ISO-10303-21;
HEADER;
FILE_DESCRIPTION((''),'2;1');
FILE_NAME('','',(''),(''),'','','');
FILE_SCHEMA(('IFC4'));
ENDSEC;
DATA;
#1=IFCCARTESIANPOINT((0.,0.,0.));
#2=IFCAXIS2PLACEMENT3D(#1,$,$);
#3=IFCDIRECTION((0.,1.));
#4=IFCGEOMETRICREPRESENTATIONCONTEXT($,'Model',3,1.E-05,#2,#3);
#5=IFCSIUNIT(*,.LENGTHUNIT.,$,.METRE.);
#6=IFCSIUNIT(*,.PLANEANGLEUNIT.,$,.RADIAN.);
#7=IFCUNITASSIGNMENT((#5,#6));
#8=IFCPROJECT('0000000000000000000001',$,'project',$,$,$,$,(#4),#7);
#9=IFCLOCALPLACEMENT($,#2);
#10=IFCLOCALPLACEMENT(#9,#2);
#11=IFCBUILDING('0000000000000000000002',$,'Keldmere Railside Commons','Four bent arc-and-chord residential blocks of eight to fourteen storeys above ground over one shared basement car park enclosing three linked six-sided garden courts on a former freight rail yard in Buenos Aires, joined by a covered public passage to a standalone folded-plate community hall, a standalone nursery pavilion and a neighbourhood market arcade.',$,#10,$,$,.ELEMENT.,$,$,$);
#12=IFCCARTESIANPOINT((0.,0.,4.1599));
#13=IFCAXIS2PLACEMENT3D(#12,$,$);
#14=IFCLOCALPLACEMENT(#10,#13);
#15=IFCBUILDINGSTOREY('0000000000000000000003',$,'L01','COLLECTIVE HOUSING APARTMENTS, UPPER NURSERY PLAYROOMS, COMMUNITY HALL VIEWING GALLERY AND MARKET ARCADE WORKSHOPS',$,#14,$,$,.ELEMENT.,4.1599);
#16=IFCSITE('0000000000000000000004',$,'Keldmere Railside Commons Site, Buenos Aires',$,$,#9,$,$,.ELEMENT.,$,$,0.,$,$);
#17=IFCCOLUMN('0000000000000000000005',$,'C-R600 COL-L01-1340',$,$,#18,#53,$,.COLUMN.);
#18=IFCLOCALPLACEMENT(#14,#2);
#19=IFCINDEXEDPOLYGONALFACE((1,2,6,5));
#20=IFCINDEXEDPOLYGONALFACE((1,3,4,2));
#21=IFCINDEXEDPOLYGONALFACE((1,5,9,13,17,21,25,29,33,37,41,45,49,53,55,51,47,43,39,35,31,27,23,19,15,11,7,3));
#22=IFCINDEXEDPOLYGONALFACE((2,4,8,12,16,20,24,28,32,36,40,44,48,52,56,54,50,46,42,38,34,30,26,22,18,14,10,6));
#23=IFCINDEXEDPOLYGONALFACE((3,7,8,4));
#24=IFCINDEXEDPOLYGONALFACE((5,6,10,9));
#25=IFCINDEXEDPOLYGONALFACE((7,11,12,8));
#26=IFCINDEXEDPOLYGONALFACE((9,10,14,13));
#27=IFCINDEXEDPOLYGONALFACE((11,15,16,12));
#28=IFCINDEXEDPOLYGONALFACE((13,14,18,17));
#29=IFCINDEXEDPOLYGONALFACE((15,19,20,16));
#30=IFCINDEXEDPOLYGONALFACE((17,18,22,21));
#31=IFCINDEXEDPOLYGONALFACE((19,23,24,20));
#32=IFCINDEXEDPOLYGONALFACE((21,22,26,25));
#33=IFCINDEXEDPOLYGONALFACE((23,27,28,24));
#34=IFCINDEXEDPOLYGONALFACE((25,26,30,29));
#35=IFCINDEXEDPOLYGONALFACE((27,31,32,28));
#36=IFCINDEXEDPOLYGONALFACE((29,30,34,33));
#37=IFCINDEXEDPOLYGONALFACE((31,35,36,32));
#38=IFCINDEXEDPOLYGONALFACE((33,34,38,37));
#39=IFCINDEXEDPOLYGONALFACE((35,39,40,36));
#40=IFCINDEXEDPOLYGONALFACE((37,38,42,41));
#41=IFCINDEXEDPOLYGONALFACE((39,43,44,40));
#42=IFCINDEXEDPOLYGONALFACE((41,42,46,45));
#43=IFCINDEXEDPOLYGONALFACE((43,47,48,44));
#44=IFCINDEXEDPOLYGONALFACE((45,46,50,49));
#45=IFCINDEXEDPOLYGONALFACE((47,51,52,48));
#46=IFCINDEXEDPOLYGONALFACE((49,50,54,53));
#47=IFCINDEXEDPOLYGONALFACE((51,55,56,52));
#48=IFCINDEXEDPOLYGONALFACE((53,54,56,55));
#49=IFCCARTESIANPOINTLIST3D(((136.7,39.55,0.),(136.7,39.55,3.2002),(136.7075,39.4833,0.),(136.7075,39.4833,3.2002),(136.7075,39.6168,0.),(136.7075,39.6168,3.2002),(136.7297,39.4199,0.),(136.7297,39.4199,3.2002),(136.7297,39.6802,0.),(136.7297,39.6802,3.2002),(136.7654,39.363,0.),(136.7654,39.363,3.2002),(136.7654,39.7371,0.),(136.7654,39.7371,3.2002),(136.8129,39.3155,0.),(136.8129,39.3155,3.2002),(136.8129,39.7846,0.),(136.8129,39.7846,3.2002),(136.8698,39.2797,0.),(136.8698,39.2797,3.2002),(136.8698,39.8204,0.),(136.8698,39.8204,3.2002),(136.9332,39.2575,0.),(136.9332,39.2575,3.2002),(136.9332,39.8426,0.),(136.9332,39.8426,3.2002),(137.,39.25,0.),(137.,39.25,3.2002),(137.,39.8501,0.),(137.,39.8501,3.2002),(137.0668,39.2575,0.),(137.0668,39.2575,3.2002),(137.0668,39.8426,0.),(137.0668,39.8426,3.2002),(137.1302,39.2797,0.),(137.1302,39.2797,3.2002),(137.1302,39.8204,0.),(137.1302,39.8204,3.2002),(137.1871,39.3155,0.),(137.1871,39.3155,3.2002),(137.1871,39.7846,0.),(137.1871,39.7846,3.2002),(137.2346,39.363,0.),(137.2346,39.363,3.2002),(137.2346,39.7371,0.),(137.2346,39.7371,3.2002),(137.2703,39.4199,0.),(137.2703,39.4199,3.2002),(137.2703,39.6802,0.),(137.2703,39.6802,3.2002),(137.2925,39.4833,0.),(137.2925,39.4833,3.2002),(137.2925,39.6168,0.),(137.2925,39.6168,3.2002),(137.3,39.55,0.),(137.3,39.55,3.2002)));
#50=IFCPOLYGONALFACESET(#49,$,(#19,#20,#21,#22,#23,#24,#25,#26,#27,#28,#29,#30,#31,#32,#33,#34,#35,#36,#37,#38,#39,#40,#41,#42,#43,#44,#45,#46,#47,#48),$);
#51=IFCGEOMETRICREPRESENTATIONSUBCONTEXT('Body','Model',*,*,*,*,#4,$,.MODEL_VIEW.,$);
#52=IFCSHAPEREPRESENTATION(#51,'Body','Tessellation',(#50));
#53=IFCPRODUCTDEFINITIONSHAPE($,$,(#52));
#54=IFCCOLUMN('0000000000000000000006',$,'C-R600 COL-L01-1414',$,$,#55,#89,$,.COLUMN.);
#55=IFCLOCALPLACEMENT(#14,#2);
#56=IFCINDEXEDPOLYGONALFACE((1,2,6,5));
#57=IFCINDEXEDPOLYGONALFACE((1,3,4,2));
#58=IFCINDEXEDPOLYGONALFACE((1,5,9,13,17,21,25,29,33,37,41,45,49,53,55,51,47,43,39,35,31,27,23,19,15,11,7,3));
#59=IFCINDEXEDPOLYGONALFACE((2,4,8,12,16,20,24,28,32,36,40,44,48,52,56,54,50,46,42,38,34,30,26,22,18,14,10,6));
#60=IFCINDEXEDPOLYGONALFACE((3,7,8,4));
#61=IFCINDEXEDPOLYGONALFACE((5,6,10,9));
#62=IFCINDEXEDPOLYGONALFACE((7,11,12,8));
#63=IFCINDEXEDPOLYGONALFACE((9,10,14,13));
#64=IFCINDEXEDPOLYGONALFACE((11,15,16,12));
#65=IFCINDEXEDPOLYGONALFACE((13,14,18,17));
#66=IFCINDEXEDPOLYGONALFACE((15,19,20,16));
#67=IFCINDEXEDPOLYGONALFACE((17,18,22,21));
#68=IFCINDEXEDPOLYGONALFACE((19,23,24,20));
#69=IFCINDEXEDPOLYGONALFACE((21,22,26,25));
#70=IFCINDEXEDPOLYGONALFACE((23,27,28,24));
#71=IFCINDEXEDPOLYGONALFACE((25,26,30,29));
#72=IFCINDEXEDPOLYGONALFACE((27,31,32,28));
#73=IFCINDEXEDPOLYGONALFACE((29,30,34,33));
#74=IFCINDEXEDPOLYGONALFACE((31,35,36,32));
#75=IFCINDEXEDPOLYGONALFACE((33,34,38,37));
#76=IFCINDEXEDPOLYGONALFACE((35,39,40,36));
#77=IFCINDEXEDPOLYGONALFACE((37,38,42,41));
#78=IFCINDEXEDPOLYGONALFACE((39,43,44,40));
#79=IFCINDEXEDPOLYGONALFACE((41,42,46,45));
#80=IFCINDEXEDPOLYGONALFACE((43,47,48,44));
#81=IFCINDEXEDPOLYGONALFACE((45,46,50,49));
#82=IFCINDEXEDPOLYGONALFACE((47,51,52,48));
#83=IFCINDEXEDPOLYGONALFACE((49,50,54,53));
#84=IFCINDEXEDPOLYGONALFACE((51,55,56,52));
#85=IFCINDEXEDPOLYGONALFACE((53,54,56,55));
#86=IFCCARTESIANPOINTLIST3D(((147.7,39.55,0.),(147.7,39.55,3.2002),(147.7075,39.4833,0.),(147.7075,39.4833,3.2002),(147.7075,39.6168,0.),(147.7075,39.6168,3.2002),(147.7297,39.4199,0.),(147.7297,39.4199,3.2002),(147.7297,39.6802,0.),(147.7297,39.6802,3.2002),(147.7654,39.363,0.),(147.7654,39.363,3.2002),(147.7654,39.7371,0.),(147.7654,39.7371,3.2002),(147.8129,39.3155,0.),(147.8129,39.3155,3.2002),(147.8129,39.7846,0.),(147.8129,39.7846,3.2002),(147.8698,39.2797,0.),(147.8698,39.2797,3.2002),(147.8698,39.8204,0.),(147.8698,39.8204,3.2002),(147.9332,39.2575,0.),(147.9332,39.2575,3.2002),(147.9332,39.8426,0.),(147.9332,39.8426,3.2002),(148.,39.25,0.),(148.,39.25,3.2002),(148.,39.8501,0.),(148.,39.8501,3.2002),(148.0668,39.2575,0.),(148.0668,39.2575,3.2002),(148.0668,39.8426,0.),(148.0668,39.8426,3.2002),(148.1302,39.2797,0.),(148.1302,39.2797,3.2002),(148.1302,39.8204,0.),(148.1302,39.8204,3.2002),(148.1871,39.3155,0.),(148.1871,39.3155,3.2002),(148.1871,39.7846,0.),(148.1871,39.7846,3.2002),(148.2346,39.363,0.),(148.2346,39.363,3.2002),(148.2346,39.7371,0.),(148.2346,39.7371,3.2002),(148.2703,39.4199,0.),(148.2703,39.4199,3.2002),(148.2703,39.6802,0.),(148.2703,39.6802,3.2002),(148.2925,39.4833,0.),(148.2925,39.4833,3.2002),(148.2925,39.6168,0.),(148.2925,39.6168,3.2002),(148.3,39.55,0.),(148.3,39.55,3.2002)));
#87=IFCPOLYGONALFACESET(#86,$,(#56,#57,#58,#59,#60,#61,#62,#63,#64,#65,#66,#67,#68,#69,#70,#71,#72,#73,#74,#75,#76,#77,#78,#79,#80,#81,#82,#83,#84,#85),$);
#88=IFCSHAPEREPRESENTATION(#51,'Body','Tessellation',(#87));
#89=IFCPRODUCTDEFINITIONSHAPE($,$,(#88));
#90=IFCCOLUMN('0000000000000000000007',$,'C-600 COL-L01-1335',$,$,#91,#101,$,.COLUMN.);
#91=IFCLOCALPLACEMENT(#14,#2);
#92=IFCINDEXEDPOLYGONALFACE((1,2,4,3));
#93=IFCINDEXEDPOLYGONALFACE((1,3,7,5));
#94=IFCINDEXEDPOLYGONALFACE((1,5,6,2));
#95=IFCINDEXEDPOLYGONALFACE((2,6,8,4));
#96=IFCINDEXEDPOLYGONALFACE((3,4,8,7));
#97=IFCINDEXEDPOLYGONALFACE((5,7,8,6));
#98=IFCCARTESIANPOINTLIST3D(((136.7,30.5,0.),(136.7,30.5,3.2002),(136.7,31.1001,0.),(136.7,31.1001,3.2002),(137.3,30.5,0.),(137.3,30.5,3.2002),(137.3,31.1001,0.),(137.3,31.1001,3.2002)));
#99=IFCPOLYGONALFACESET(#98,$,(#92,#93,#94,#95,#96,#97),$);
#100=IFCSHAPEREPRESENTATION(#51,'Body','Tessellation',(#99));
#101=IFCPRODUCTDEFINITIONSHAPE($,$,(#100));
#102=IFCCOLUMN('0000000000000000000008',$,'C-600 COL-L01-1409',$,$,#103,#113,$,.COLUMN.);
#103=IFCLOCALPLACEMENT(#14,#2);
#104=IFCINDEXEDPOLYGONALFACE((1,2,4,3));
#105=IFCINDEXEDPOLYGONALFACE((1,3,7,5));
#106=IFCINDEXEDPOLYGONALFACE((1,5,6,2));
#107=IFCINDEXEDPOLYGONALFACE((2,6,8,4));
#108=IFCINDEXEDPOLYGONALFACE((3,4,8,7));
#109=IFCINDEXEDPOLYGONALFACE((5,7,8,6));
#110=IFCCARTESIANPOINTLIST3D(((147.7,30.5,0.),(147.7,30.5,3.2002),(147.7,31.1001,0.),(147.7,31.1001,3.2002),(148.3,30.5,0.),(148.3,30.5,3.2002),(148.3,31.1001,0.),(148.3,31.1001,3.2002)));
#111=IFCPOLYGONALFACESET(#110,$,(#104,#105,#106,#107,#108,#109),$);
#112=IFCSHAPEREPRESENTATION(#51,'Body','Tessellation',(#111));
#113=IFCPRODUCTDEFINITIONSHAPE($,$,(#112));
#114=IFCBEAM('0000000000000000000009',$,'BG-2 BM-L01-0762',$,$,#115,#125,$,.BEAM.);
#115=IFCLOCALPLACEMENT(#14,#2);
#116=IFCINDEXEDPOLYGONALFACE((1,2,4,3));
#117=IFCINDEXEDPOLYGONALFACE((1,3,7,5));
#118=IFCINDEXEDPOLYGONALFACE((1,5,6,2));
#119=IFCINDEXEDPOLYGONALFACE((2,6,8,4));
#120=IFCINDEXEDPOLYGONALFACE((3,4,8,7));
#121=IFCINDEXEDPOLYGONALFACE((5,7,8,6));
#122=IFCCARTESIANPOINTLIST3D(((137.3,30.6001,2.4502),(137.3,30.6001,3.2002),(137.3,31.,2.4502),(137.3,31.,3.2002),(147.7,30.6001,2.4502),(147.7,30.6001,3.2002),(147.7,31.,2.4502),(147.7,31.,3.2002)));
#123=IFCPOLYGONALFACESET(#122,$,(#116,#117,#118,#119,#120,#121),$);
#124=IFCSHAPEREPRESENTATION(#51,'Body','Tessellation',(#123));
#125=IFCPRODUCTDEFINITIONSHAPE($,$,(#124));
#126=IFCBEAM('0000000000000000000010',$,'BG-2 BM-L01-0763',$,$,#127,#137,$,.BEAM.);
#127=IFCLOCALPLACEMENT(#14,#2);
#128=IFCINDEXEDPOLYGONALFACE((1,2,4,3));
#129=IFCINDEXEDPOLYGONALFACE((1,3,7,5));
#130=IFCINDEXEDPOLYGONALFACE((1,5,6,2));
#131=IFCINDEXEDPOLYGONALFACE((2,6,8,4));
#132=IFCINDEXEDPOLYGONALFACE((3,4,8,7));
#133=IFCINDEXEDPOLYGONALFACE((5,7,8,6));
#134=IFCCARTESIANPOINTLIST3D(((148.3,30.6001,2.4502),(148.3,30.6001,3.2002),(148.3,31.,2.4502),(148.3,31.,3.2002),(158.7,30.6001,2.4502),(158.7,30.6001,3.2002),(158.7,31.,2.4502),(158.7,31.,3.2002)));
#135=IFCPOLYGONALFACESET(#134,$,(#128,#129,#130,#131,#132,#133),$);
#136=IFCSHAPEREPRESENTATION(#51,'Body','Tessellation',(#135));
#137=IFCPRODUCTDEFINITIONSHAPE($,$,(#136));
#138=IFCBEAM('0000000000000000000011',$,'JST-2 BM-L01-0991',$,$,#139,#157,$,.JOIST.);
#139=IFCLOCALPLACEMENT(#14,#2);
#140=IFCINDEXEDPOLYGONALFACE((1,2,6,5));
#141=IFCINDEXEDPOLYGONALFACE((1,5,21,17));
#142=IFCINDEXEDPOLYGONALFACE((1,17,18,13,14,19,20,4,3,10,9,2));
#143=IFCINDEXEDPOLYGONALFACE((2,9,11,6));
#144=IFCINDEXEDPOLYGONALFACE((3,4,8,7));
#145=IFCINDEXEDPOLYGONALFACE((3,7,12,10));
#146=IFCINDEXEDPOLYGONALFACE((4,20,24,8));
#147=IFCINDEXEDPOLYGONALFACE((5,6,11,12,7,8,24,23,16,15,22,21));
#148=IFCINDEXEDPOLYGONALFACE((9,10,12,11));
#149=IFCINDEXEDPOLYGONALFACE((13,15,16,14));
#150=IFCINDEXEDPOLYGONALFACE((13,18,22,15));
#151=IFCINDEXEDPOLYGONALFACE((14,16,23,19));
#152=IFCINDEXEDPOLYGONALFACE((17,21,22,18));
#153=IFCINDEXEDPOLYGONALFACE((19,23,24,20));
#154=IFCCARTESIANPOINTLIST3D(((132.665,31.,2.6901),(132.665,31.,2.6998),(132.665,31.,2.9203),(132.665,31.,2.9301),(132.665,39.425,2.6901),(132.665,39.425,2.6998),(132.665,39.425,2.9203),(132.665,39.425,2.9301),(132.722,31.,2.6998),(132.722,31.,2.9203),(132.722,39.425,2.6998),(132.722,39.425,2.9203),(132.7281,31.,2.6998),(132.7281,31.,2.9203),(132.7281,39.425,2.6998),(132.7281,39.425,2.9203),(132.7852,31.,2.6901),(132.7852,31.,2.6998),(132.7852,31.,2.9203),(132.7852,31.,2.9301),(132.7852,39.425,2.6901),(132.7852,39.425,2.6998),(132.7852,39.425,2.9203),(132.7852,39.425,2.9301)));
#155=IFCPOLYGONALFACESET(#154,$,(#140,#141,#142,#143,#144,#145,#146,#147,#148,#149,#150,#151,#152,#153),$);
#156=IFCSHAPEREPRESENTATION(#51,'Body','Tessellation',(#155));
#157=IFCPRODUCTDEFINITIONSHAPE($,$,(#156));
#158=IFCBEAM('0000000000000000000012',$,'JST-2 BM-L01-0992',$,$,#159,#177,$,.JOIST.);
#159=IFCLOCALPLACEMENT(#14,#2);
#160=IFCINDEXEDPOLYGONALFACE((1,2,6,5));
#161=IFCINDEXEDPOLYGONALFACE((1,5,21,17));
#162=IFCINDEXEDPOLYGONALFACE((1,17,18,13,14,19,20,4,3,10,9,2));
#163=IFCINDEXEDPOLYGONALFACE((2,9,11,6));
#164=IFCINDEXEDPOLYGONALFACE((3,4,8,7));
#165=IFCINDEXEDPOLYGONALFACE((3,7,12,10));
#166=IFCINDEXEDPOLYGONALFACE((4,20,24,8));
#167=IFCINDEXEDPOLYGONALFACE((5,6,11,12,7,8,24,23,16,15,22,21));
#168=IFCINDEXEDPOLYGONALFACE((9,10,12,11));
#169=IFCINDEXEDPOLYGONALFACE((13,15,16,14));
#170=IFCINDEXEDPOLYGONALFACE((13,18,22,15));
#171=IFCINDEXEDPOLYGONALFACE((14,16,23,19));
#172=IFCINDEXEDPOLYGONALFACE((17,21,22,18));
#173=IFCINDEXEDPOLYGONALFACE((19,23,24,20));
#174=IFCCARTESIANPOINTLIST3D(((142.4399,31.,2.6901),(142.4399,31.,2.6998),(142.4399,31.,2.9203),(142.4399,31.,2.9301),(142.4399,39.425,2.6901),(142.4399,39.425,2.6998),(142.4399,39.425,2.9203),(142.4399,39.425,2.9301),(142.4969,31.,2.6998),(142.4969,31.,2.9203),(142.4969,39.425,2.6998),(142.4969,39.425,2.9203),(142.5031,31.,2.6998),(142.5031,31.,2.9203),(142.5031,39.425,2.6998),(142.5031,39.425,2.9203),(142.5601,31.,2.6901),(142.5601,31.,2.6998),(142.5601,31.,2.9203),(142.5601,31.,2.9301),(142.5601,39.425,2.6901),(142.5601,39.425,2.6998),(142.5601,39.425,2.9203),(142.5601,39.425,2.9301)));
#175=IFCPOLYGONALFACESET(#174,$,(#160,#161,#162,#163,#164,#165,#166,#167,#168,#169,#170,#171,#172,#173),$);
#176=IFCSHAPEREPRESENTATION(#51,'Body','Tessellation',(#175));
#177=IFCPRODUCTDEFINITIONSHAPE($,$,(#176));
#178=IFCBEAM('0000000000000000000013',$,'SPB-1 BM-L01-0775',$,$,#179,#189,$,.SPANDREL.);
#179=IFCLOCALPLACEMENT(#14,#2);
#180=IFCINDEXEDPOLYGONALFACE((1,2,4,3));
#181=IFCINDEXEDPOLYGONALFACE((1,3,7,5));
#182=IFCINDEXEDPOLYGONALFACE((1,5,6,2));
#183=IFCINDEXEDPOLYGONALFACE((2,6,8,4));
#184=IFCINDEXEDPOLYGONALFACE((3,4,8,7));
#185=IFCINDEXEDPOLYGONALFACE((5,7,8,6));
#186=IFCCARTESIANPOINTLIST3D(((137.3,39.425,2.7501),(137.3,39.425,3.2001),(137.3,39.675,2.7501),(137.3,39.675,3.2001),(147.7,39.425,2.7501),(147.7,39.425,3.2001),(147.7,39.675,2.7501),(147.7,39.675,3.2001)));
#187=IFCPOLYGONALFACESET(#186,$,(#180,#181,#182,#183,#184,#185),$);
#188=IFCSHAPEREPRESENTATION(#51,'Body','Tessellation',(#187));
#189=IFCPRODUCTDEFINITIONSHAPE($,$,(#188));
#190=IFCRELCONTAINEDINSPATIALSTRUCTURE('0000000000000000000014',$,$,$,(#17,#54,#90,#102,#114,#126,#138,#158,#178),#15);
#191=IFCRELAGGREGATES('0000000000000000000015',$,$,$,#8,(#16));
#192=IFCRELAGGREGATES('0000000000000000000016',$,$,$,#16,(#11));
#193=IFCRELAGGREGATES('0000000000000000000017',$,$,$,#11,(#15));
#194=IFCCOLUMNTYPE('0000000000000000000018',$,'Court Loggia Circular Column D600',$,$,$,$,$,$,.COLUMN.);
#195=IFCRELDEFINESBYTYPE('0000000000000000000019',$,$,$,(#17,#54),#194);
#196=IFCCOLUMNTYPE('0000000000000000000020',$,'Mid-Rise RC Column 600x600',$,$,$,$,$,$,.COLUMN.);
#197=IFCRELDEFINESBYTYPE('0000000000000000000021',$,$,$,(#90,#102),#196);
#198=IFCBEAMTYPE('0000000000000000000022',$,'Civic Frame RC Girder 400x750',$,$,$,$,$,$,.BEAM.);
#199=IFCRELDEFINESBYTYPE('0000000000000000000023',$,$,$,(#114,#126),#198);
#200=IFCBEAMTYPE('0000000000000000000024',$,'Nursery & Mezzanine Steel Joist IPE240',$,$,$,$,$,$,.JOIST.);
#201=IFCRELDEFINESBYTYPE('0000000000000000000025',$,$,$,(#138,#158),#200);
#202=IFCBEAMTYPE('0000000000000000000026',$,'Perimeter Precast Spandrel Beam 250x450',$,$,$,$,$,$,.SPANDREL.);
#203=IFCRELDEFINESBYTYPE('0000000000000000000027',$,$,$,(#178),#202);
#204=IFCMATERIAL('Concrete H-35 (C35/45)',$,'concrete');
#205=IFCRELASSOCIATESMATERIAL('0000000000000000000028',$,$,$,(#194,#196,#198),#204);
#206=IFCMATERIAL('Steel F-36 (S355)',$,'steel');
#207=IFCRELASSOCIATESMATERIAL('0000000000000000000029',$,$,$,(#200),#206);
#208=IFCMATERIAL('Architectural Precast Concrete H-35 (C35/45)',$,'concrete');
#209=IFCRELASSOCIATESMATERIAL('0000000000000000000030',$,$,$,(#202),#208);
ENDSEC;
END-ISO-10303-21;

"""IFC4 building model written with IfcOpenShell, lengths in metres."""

from ifc_helpers import new_model, si_unit, direction, frame, origin, origin_2d, place, context, subcontext, project, spatial, rectangle, circle, i_section, extrude, material, material_profile, profile_set, type_object, element, save


model = new_model("IFC4")

# Units and contexts
model_context = context("Model", 3, precision=1e-05, world=origin(), true_north=direction((0.0, 1.0)))
body_context = subcontext(model_context, "Body", "Model", "MODEL_VIEW")
ifc_project = project(units=[si_unit("LENGTHUNIT", "METRE"), si_unit("PLANEANGLEUNIT", "RADIAN")], contexts=[model_context])

# Site, building, storey
site_placement = place(None, origin())
site = spatial("IfcSite", under=ifc_project, at=site_placement, Name="Keldmere Railside Commons Site, Buenos Aires", CompositionType="ELEMENT", RefElevation=0.0)
building_placement = place(site_placement, origin())
building = spatial("IfcBuilding", under=site, at=building_placement, Name="Keldmere Railside Commons", Description="Four bent arc-and-chord residential blocks of eight to fourteen storeys above ground over one shared basement car park enclosing three linked six-sided garden courts on a former freight rail yard in Buenos Aires, joined by a covered public passage to a standalone folded-plate community hall, a standalone nursery pavilion and a neighbourhood market arcade.", CompositionType="ELEMENT")
storey_placement = place(building_placement, frame((0.0, 0.0, 4.1599)))
storey = spatial("IfcBuildingStorey", under=building, at=storey_placement, Name="L01", Description="COLLECTIVE HOUSING APARTMENTS, UPPER NURSERY PLAYROOMS, COMMUNITY HALL VIEWING GALLERY AND MARKET ARCADE WORKSHOPS", CompositionType="ELEMENT", Elevation=4.1599)

# Columns
ifc_material_1 = material(Name="Concrete H-35 (C35/45)", Category="concrete")
ifc_material_profile_1 = material_profile(ifc_material_1, circle(Radius=0.3, at=origin_2d()), Name="RC-DIA600")
ifc_profile_set_1 = profile_set([ifc_material_profile_1], Name="Concrete H-35 (C35/45)")
column_type_1 = type_object("IfcColumnType", Name="Court Loggia Circular Column D600", PredefinedType="COLUMN", material=ifc_profile_set_1)
for number, where, z_axis, x_axis, name in (
    (1, (137.0, 39.55, 0.0), (0.0, 0.0, 1.0), (1.0, 0.0, 0.0), "C-R600 COL-L01-1340"),
    (2, (148.0, 39.55, 0.0), (0.0, 0.0, 1.0), (1.0, 0.0, 0.0), "C-R600 COL-L01-1414"),
):
    element("IfcColumn", number, at=place(storey_placement, frame(where, z_axis=z_axis, x_axis=x_axis)), inside=storey, type_object=column_type_1, Name=name, PredefinedType="COLUMN", context=body_context, shape_type="SweptSolid", body=[
        extrude(circle(Radius=0.3, at=origin_2d()), origin(), (0.0, 0.0, 1.0), 3.2002),
    ])
ifc_material_profile_2 = material_profile(ifc_material_1, rectangle(XDim=0.6001, YDim=0.6001, at=origin_2d()), Name="RC-600x600")
ifc_profile_set_2 = profile_set([ifc_material_profile_2], Name="Concrete H-35 (C35/45)")
column_type_2 = type_object("IfcColumnType", Name="Mid-Rise RC Column 600x600", PredefinedType="COLUMN", material=ifc_profile_set_2)
for number, where, z_axis, x_axis, name in (
    (3, (137.0, 30.8, 0.0), (0.0, 0.0, 1.0), (1.0, 0.0, 0.0), "C-600 COL-L01-1335"),
    (4, (148.0, 30.8, 0.0), (0.0, 0.0, 1.0), (1.0, 0.0, 0.0), "C-600 COL-L01-1409"),
):
    element("IfcColumn", number, at=place(storey_placement, frame(where, z_axis=z_axis, x_axis=x_axis)), inside=storey, type_object=column_type_2, Name=name, PredefinedType="COLUMN", context=body_context, shape_type="SweptSolid", body=[
        extrude(rectangle(XDim=0.6001, YDim=0.6001, at=origin_2d()), origin(), (0.0, 0.0, 1.0), 3.2002),
    ])

# Beams
ifc_material_profile_3 = material_profile(ifc_material_1, rectangle(XDim=0.3999, YDim=0.75, at=origin_2d()), Name="RC-400x750")
ifc_profile_set_3 = profile_set([ifc_material_profile_3], Name="Concrete H-35 (C35/45)")
beam_type_1 = type_object("IfcBeamType", Name="Civic Frame RC Girder 400x750", PredefinedType="BEAM", material=ifc_profile_set_3)
for number, where, z_axis, x_axis, name in (
    (5, (137.3, 30.8, 2.8252), (1.0, 0.0, 0.0), (0.0, 1.0, 0.0), "BG-2 BM-L01-0762"),
    (6, (148.3, 30.8, 2.8252), (1.0, 0.0, 0.0), (0.0, 1.0, 0.0), "BG-2 BM-L01-0763"),
):
    element("IfcBeam", number, at=place(storey_placement, frame(where, z_axis=z_axis, x_axis=x_axis)), inside=storey, type_object=beam_type_1, Name=name, PredefinedType="BEAM", context=body_context, shape_type="SweptSolid", body=[
        extrude(rectangle(XDim=0.3999, YDim=0.75, at=origin_2d()), origin(), (0.0, 0.0, 1.0), 10.3999),
    ])
ifc_material_2 = material(Name="Steel F-36 (S355)", Category="steel")
ifc_material_profile_4 = material_profile(ifc_material_2, i_section(OverallWidth=0.1201, OverallDepth=0.24, WebThickness=0.0061, FlangeThickness=0.0098, at=origin_2d()), Name="IPE-240")
ifc_profile_set_4 = profile_set([ifc_material_profile_4], Name="Steel F-36 (S355)")
beam_type_2 = type_object("IfcBeamType", Name="Nursery & Mezzanine Steel Joist IPE240", PredefinedType="JOIST", material=ifc_profile_set_4)
for number, where, z_axis, x_axis, name in (
    (7, (132.7251, 31.0, 2.8101), (0.0, 1.0, 0.0), (-1.0, 0.0, 0.0), "JST-2 BM-L01-0991"),
    (8, (142.5, 31.0, 2.8101), (0.0, 1.0, 0.0), (-1.0, 0.0, 0.0), "JST-2 BM-L01-0992"),
):
    element("IfcBeam", number, at=place(storey_placement, frame(where, z_axis=z_axis, x_axis=x_axis)), inside=storey, type_object=beam_type_2, Name=name, PredefinedType="JOIST", context=body_context, shape_type="SweptSolid", body=[
        extrude(i_section(OverallWidth=0.1201, OverallDepth=0.24, WebThickness=0.0061, FlangeThickness=0.0098, at=origin_2d()), origin(), (0.0, 0.0, 1.0), 8.425),
    ])
ifc_material_3 = material(Name="Architectural Precast Concrete H-35 (C35/45)", Category="concrete")
ifc_material_profile_5 = material_profile(ifc_material_3, rectangle(XDim=0.25, YDim=0.45, at=origin_2d()), Name="RC-250x450")
ifc_profile_set_5 = profile_set([ifc_material_profile_5], Name="Architectural Precast Concrete H-35 (C35/45)")
beam_type_3 = type_object("IfcBeamType", Name="Perimeter Precast Spandrel Beam 250x450", PredefinedType="SPANDREL", material=ifc_profile_set_5)
beam_placement = place(storey_placement, frame((137.3, 39.55, 2.9751), z_axis=(1.0, 0.0, 0.0), x_axis=(0.0, 1.0, 0.0)))
element("IfcBeam", 9, at=beam_placement, inside=storey, type_object=beam_type_3, Name="SPB-1 BM-L01-0775", PredefinedType="SPANDREL", context=body_context, shape_type="SweptSolid", body=[
    extrude(rectangle(XDim=0.25, YDim=0.45, at=origin_2d()), origin(), (0.0, 0.0, 1.0), 10.3999),
])

save(model, "model.ifc")
